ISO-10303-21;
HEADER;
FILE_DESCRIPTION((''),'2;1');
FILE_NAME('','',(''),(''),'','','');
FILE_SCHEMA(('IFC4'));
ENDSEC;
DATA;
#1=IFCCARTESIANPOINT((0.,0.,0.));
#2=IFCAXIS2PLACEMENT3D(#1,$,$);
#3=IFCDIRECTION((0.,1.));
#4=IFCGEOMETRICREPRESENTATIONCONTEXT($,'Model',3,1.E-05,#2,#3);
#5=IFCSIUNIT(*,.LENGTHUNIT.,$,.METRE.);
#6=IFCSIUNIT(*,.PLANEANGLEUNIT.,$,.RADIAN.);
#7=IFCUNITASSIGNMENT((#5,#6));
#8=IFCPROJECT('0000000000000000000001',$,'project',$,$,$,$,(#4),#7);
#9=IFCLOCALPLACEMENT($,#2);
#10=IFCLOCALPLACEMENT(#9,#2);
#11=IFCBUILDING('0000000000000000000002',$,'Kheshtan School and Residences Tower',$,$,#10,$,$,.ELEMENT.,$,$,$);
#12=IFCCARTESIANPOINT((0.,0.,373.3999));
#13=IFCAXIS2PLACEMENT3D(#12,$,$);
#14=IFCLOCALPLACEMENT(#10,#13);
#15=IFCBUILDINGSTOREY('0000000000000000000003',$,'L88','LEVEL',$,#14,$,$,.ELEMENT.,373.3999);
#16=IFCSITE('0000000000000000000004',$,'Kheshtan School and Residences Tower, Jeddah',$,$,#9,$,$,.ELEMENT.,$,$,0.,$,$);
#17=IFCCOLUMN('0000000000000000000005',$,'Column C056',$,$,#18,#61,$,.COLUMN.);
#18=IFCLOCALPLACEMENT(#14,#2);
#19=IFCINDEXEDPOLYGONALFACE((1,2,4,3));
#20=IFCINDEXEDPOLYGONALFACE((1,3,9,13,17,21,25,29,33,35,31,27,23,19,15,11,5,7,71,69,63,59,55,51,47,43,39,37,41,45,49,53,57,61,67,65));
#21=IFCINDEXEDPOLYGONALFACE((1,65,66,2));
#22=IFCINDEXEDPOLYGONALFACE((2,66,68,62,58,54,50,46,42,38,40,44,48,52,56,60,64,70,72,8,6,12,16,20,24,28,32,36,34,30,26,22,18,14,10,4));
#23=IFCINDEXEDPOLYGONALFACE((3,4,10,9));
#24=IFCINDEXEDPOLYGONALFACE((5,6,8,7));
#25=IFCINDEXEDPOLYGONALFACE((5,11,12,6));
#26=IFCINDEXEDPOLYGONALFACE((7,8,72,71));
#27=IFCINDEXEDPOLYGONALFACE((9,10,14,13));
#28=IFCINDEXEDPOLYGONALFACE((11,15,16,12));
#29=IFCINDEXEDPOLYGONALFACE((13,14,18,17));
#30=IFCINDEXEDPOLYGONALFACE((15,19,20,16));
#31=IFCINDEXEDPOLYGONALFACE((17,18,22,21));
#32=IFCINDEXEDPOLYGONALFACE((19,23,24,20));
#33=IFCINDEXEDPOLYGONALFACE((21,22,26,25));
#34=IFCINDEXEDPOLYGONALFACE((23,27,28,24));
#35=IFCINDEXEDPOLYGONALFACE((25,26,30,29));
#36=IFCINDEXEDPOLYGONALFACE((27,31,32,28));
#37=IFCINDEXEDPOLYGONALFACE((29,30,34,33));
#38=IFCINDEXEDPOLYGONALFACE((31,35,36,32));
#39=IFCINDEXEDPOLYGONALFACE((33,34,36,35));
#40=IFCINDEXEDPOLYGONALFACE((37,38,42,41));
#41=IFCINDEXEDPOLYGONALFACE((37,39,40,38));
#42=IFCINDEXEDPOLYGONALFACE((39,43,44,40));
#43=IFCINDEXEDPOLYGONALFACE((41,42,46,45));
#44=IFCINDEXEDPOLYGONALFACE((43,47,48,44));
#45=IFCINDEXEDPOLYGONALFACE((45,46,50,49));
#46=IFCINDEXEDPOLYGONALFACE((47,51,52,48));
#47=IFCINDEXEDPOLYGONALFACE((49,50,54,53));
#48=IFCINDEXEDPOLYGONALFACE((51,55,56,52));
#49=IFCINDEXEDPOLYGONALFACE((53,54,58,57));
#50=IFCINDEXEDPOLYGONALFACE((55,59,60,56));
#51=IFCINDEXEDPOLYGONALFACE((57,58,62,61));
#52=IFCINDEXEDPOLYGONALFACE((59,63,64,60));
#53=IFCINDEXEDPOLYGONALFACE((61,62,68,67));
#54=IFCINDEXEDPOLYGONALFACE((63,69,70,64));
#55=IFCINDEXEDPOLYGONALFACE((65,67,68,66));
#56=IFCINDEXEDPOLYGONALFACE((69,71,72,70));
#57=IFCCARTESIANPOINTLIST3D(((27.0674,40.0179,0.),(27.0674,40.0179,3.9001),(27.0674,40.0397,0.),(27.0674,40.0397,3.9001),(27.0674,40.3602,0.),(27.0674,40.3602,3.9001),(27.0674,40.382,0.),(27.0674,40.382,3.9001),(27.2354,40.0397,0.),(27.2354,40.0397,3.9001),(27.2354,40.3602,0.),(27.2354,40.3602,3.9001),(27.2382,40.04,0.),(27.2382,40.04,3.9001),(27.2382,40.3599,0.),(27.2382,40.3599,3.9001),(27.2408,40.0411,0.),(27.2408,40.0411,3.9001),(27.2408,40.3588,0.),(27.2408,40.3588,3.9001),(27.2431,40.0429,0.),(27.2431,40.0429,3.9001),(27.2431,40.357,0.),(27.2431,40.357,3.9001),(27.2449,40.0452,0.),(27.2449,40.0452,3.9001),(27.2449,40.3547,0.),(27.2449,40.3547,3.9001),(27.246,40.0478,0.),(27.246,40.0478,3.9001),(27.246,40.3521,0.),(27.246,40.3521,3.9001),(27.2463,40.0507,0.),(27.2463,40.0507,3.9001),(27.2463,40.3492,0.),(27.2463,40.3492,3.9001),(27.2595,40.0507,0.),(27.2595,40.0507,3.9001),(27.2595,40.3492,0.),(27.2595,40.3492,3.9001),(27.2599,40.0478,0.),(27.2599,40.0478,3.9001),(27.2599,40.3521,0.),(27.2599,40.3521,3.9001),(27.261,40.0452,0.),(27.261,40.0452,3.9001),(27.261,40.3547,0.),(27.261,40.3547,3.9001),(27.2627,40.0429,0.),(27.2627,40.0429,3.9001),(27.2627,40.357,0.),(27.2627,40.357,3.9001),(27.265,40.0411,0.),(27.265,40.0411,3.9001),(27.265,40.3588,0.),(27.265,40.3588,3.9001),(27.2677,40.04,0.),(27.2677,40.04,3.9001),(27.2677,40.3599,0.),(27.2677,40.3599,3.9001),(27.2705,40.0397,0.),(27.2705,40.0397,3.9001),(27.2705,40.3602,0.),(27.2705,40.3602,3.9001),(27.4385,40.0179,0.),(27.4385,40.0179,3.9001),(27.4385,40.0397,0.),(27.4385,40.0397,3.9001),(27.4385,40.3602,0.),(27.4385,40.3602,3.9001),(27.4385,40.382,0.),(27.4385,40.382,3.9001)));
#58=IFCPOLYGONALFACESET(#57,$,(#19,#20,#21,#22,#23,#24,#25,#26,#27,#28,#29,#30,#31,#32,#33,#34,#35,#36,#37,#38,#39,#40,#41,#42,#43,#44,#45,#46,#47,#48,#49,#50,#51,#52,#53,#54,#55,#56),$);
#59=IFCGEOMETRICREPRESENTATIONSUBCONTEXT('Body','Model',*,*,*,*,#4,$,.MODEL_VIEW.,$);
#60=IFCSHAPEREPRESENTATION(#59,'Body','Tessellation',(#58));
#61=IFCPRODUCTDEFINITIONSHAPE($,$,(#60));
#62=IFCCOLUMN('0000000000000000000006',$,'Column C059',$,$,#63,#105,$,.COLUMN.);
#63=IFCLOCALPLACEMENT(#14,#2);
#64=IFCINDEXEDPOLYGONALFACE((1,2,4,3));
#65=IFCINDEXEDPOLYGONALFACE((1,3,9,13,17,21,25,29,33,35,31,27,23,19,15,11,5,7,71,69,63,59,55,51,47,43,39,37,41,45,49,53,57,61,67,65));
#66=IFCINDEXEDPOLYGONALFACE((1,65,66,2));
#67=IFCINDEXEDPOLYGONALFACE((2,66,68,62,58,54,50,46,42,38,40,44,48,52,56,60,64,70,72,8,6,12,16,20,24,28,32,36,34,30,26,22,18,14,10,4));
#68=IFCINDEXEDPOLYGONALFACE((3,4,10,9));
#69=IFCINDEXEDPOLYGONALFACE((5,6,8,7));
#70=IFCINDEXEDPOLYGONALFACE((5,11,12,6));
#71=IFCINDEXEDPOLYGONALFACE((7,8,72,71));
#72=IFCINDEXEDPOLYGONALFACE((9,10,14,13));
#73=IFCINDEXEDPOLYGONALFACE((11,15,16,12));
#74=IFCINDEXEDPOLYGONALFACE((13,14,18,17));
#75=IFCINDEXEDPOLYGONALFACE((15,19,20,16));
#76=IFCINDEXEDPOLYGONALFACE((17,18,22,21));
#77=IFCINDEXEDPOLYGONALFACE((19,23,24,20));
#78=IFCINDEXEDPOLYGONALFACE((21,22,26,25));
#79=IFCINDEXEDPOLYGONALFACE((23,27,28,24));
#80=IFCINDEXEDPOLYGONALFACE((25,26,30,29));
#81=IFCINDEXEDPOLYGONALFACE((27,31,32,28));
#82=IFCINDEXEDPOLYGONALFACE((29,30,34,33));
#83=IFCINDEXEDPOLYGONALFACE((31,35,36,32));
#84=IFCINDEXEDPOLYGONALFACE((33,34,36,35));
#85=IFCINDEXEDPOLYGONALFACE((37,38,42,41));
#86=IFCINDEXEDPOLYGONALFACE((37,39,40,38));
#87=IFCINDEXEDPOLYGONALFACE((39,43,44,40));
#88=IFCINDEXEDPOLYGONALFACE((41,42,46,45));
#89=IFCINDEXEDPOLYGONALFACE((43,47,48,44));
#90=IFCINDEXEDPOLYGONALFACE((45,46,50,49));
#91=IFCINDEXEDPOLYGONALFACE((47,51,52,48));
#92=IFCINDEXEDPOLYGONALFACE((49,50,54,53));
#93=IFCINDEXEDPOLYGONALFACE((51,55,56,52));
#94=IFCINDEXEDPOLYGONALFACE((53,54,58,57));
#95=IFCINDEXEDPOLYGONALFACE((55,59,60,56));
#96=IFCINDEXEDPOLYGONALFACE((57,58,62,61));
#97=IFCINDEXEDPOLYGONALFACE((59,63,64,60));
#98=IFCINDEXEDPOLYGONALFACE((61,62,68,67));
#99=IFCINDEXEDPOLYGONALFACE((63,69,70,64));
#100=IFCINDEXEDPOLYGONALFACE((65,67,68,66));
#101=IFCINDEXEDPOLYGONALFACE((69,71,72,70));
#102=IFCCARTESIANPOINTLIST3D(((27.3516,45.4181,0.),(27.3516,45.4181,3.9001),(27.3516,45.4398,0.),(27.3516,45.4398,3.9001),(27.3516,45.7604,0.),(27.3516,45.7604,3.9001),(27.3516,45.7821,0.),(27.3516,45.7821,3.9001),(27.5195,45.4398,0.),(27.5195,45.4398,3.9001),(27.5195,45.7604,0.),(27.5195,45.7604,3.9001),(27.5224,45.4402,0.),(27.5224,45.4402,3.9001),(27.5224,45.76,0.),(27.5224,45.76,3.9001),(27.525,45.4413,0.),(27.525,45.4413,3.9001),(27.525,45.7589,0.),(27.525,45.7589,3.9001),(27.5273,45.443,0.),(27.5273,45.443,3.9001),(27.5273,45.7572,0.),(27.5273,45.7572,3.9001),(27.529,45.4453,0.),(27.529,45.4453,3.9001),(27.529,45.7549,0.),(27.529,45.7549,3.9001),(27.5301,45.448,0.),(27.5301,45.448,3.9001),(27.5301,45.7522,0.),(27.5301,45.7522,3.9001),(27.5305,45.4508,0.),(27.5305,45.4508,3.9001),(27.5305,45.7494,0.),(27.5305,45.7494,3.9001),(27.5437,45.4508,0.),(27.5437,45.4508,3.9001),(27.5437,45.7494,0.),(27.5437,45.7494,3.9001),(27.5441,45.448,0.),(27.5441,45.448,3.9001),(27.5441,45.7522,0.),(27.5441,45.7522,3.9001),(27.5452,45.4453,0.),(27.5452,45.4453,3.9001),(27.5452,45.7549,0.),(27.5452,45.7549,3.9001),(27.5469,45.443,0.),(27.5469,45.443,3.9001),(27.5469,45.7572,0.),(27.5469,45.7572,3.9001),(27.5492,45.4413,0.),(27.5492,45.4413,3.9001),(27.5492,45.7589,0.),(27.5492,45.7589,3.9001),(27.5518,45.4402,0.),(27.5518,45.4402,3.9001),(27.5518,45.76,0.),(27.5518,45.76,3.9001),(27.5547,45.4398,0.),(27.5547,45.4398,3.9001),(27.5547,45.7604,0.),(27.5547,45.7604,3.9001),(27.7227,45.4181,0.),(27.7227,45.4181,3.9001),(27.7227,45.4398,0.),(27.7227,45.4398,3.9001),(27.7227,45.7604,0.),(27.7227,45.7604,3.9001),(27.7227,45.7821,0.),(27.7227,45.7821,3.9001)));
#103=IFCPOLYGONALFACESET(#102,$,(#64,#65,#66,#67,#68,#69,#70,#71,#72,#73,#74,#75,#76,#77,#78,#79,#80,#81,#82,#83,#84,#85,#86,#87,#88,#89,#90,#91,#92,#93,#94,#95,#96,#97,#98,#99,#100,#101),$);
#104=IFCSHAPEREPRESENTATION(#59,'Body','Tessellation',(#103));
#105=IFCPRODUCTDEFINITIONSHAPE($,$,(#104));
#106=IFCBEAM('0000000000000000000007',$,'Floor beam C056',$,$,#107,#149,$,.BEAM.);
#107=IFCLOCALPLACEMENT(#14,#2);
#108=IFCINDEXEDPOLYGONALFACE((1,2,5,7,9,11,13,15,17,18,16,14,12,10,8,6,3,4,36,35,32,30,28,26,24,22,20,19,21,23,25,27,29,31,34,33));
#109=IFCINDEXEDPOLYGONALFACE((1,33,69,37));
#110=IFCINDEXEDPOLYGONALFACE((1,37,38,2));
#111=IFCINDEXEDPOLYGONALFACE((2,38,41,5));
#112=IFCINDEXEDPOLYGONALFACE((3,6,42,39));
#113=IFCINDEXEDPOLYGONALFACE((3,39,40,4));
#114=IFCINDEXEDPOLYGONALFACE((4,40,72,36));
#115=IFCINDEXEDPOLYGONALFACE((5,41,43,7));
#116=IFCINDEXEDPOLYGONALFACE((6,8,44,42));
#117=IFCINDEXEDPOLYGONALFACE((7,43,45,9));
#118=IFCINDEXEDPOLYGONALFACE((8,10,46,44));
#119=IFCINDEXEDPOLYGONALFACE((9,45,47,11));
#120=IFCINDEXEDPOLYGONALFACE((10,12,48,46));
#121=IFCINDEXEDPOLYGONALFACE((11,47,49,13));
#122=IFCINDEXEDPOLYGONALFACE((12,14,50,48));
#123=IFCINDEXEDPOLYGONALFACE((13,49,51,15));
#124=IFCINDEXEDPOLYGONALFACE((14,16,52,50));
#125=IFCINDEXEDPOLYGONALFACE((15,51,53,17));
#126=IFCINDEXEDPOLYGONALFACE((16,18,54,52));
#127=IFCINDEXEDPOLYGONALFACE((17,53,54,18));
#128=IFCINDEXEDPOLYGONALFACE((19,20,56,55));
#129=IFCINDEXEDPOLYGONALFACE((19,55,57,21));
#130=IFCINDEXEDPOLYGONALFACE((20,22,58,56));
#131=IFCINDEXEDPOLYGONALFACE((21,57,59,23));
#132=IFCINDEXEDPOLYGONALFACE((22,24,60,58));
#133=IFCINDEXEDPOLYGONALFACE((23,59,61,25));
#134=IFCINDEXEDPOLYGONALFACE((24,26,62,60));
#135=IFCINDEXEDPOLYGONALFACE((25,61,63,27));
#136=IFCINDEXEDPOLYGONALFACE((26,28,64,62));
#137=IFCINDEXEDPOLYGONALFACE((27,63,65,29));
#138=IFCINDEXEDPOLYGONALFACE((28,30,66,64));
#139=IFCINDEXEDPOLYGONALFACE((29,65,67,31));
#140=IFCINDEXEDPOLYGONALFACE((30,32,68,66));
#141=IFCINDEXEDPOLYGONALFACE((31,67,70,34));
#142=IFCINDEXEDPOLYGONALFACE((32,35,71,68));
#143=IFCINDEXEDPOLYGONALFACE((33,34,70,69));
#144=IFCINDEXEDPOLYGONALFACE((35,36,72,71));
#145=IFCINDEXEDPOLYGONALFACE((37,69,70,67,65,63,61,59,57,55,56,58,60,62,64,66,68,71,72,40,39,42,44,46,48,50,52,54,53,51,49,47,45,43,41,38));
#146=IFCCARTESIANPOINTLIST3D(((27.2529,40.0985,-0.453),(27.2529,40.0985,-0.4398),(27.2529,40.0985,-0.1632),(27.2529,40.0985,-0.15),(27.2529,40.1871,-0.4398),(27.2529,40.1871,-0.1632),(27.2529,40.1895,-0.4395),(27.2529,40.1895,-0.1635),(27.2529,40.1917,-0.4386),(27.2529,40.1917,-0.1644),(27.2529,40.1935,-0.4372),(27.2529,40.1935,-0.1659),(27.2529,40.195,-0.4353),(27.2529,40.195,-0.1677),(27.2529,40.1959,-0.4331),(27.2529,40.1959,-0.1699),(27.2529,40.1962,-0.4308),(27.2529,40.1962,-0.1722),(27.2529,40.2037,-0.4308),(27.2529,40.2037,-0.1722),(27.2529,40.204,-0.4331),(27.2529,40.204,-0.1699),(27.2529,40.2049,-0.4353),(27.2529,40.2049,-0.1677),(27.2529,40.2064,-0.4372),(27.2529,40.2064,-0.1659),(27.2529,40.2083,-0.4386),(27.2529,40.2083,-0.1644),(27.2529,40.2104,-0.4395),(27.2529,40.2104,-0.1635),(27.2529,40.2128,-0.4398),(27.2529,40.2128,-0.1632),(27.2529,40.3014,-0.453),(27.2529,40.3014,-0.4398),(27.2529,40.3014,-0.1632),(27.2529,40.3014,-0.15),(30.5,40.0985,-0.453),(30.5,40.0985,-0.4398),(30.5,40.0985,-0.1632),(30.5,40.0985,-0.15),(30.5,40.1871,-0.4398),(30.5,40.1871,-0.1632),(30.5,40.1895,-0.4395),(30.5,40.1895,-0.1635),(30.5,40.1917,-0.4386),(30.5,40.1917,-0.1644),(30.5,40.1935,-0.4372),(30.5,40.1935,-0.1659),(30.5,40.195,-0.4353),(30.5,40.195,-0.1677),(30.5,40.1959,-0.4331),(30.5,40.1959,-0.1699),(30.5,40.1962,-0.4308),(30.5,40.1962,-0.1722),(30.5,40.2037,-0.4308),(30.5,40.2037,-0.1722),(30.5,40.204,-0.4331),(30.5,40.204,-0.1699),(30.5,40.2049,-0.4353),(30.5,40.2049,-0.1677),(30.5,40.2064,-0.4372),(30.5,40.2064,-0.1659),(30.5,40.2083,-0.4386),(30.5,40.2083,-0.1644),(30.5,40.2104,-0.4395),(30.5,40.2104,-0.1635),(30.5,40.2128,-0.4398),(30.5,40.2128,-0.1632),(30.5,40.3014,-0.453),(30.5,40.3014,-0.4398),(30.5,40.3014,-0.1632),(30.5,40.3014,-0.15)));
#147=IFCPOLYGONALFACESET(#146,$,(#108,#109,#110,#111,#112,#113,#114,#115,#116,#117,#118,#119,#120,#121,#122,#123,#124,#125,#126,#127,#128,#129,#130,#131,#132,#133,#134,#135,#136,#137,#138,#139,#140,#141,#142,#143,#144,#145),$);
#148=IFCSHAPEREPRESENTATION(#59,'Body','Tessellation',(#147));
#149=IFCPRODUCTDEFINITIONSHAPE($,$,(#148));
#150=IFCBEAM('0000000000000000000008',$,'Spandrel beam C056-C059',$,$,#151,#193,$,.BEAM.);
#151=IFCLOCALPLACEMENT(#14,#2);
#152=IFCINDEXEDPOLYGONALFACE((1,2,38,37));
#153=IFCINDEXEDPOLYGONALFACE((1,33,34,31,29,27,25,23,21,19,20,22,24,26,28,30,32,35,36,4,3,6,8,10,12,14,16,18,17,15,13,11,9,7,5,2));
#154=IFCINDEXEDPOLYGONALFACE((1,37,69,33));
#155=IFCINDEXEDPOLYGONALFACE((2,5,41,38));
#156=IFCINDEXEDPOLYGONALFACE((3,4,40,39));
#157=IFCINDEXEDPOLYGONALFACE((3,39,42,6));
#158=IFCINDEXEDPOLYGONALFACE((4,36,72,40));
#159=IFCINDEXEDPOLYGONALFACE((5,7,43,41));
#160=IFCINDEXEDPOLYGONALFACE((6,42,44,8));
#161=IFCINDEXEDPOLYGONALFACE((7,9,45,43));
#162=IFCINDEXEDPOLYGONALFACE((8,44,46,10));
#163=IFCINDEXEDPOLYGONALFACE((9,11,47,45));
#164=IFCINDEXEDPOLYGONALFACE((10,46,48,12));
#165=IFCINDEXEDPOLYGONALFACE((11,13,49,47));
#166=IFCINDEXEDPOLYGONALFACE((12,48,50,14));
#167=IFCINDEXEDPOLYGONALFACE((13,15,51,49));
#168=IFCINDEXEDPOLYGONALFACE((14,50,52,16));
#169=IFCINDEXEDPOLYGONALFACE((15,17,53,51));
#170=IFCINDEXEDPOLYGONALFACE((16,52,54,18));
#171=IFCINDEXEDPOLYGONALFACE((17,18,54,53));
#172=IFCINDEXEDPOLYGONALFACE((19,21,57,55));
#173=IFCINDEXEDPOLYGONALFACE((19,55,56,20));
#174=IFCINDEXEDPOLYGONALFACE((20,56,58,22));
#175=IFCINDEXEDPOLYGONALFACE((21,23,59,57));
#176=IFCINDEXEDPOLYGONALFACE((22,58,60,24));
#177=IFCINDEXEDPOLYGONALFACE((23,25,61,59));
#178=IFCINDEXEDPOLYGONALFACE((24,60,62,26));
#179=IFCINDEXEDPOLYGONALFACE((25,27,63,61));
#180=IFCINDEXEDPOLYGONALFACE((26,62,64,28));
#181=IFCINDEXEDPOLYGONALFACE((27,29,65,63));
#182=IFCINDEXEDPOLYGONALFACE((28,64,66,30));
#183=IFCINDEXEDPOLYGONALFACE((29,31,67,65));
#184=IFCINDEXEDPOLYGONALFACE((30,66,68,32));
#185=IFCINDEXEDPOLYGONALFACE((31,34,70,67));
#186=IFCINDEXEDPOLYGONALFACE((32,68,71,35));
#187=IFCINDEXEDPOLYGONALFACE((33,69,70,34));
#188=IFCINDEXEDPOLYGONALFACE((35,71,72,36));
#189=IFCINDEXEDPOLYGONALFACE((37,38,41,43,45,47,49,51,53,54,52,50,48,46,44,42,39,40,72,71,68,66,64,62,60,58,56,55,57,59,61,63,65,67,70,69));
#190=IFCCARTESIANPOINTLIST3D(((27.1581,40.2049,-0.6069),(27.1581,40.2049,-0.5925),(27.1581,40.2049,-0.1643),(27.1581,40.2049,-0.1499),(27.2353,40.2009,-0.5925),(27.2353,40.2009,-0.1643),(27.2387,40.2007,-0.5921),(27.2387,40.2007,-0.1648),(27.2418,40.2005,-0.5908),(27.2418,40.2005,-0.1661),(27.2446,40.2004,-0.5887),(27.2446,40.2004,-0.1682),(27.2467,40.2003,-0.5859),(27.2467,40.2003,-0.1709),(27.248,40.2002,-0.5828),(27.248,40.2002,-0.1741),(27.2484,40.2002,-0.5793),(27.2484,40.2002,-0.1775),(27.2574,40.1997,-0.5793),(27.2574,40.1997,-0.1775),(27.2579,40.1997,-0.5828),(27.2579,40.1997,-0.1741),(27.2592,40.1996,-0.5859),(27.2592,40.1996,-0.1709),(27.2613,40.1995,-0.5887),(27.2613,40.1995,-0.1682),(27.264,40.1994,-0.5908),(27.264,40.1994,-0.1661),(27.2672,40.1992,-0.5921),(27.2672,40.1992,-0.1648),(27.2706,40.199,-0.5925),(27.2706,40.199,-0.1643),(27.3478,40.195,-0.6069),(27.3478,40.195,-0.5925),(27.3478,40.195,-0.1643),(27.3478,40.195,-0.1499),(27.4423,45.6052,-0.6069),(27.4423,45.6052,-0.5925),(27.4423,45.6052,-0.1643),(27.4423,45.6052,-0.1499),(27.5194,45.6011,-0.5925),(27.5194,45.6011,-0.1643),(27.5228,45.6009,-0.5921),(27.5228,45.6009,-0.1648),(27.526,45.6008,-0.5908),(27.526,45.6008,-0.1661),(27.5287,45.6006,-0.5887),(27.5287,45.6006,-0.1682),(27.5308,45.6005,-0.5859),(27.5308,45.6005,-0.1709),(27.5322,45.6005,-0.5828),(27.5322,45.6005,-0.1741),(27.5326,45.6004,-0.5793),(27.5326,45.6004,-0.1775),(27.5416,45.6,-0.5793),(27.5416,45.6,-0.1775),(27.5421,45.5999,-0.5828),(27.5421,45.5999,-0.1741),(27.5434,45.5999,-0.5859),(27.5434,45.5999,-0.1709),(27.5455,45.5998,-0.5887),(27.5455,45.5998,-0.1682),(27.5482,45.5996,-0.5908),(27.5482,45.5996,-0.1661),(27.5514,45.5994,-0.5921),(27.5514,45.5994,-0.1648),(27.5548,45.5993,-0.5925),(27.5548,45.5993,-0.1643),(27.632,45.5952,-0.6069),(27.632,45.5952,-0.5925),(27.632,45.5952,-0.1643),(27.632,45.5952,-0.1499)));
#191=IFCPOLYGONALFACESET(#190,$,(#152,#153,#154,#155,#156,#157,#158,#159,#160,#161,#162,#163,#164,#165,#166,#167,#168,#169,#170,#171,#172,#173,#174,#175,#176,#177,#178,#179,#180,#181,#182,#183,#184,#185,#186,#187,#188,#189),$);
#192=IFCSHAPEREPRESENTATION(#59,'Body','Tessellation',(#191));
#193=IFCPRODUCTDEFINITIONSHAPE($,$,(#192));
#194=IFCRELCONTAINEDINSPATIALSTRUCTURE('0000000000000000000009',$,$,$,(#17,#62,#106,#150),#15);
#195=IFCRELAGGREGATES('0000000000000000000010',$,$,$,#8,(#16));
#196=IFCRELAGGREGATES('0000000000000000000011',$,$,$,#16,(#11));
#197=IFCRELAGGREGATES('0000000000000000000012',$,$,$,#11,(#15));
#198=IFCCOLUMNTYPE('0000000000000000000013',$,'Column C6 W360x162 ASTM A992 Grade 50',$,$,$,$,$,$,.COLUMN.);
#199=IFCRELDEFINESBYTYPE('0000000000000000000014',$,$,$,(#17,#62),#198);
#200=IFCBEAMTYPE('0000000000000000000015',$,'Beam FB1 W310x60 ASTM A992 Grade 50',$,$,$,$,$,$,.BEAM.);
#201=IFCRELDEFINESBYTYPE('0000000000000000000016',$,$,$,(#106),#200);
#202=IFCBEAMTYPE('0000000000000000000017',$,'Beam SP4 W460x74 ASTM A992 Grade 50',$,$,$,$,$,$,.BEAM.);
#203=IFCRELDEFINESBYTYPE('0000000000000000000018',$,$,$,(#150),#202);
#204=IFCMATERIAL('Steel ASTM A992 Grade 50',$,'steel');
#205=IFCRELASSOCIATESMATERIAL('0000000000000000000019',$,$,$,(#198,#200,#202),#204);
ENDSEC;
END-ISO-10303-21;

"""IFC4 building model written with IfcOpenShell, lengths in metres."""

from ifc_helpers import new_model, si_unit, direction, frame, origin, origin_2d, place, context, subcontext, project, spatial, i_section, extrude, material, material_profile, profile_set, type_object, element, save


model = new_model("IFC4")

# Units and contexts
model_context = context("Model", 3, precision=1e-05, world=origin(), true_north=direction((0.0, 1.0)))
body_context = subcontext(model_context, "Body", "Model", "MODEL_VIEW")
ifc_project = project(units=[si_unit("LENGTHUNIT", "METRE"), si_unit("PLANEANGLEUNIT", "RADIAN")], contexts=[model_context])

# Site, building, storey
site_placement = place(None, origin())
site = spatial("IfcSite", under=ifc_project, at=site_placement, Name="Kheshtan School and Residences Tower, Jeddah", CompositionType="ELEMENT", RefElevation=0.0)
building_placement = place(site_placement, origin())
building = spatial("IfcBuilding", under=site, at=building_placement, Name="Kheshtan School and Residences Tower", CompositionType="ELEMENT")
storey_placement = place(building_placement, frame((0.0, 0.0, 373.3999)))
storey = spatial("IfcBuildingStorey", under=building, at=storey_placement, Name="L88", Description="LEVEL", CompositionType="ELEMENT", Elevation=373.3999)

# Columns
ifc_material_1 = material(Name="Steel ASTM A992 Grade 50", Category="steel")
ifc_material_profile_1 = material_profile(ifc_material_1, i_section(OverallWidth=0.3711, OverallDepth=0.364, WebThickness=0.0132, FlangeThickness=0.0217, FilletRadius=0.011, at=origin_2d()), Name="W360x162")
ifc_profile_set_1 = profile_set([ifc_material_profile_1], Name="Steel ASTM A992 Grade 50")
column_type = type_object("IfcColumnType", Name="Column C6 W360x162 ASTM A992 Grade 50", PredefinedType="COLUMN", material=ifc_profile_set_1)
for number, where, z_axis, x_axis, name in (
    (1, (27.2529, 40.2, 0.0), (0.0, 0.0, 1.0), (1.0, 0.0, 0.0), "Column C056"),
    (2, (27.5371, 45.6001, 0.0), (0.0, 0.0, 1.0), (1.0, 0.0, 0.0), "Column C059"),
):
    element("IfcColumn", number, at=place(storey_placement, frame(where, z_axis=z_axis, x_axis=x_axis)), inside=storey, type_object=column_type, Name=name, PredefinedType="COLUMN", context=body_context, shape_type="SweptSolid", body=[
        extrude(i_section(OverallWidth=0.3711, OverallDepth=0.364, WebThickness=0.0132, FlangeThickness=0.0217, FilletRadius=0.011, at=origin_2d()), origin(), (0.0, 0.0, 1.0), 3.9001),
    ])

# Beams
ifc_material_profile_2 = material_profile(ifc_material_1, i_section(OverallWidth=0.2029, OverallDepth=0.303, WebThickness=0.0076, FlangeThickness=0.0132, FilletRadius=0.009, at=origin_2d()), Name="W310x60")
ifc_profile_set_2 = profile_set([ifc_material_profile_2], Name="Steel ASTM A992 Grade 50")
beam_type_1 = type_object("IfcBeamType", Name="Beam FB1 W310x60 ASTM A992 Grade 50", PredefinedType="BEAM", material=ifc_profile_set_2)
beam_1_placement = place(storey_placement, frame((27.2529, 40.2, -0.3015), z_axis=(1.0, 0.0, 0.0), x_axis=(0.0, 1.0, 0.0)))
element("IfcBeam", 3, at=beam_1_placement, inside=storey, type_object=beam_type_1, Name="Floor beam C056", PredefinedType="BEAM", context=body_context, shape_type="SweptSolid", body=[
    extrude(i_section(OverallWidth=0.2029, OverallDepth=0.303, WebThickness=0.0076, FlangeThickness=0.0132, FilletRadius=0.009, at=origin_2d()), origin(), (0.0, 0.0, 1.0), 3.2471),
])
ifc_material_profile_3 = material_profile(ifc_material_1, i_section(OverallWidth=0.1899, OverallDepth=0.457, WebThickness=0.009, FlangeThickness=0.0144, FilletRadius=0.0132, at=origin_2d()), Name="W460x74")
ifc_profile_set_3 = profile_set([ifc_material_profile_3], Name="Steel ASTM A992 Grade 50")
beam_type_2 = type_object("IfcBeamType", Name="Beam SP4 W460x74 ASTM A992 Grade 50", PredefinedType="BEAM", material=ifc_profile_set_3)
beam_2_placement = place(storey_placement, frame((27.2529, 40.2, -0.3784), z_axis=(0.052552, 0.998618, 0.0), x_axis=(-0.998618, 0.052552, 0.0)))
element("IfcBeam", 4, at=beam_2_placement, inside=storey, type_object=beam_type_2, Name="Spandrel beam C056-C059", PredefinedType="BEAM", context=body_context, shape_type="SweptSolid", body=[
    extrude(i_section(OverallWidth=0.1899, OverallDepth=0.457, WebThickness=0.009, FlangeThickness=0.0144, FilletRadius=0.0132, at=origin_2d()), origin(), (0.0, 0.0, 1.0), 5.4077),
])

save(model, "model.ifc")
